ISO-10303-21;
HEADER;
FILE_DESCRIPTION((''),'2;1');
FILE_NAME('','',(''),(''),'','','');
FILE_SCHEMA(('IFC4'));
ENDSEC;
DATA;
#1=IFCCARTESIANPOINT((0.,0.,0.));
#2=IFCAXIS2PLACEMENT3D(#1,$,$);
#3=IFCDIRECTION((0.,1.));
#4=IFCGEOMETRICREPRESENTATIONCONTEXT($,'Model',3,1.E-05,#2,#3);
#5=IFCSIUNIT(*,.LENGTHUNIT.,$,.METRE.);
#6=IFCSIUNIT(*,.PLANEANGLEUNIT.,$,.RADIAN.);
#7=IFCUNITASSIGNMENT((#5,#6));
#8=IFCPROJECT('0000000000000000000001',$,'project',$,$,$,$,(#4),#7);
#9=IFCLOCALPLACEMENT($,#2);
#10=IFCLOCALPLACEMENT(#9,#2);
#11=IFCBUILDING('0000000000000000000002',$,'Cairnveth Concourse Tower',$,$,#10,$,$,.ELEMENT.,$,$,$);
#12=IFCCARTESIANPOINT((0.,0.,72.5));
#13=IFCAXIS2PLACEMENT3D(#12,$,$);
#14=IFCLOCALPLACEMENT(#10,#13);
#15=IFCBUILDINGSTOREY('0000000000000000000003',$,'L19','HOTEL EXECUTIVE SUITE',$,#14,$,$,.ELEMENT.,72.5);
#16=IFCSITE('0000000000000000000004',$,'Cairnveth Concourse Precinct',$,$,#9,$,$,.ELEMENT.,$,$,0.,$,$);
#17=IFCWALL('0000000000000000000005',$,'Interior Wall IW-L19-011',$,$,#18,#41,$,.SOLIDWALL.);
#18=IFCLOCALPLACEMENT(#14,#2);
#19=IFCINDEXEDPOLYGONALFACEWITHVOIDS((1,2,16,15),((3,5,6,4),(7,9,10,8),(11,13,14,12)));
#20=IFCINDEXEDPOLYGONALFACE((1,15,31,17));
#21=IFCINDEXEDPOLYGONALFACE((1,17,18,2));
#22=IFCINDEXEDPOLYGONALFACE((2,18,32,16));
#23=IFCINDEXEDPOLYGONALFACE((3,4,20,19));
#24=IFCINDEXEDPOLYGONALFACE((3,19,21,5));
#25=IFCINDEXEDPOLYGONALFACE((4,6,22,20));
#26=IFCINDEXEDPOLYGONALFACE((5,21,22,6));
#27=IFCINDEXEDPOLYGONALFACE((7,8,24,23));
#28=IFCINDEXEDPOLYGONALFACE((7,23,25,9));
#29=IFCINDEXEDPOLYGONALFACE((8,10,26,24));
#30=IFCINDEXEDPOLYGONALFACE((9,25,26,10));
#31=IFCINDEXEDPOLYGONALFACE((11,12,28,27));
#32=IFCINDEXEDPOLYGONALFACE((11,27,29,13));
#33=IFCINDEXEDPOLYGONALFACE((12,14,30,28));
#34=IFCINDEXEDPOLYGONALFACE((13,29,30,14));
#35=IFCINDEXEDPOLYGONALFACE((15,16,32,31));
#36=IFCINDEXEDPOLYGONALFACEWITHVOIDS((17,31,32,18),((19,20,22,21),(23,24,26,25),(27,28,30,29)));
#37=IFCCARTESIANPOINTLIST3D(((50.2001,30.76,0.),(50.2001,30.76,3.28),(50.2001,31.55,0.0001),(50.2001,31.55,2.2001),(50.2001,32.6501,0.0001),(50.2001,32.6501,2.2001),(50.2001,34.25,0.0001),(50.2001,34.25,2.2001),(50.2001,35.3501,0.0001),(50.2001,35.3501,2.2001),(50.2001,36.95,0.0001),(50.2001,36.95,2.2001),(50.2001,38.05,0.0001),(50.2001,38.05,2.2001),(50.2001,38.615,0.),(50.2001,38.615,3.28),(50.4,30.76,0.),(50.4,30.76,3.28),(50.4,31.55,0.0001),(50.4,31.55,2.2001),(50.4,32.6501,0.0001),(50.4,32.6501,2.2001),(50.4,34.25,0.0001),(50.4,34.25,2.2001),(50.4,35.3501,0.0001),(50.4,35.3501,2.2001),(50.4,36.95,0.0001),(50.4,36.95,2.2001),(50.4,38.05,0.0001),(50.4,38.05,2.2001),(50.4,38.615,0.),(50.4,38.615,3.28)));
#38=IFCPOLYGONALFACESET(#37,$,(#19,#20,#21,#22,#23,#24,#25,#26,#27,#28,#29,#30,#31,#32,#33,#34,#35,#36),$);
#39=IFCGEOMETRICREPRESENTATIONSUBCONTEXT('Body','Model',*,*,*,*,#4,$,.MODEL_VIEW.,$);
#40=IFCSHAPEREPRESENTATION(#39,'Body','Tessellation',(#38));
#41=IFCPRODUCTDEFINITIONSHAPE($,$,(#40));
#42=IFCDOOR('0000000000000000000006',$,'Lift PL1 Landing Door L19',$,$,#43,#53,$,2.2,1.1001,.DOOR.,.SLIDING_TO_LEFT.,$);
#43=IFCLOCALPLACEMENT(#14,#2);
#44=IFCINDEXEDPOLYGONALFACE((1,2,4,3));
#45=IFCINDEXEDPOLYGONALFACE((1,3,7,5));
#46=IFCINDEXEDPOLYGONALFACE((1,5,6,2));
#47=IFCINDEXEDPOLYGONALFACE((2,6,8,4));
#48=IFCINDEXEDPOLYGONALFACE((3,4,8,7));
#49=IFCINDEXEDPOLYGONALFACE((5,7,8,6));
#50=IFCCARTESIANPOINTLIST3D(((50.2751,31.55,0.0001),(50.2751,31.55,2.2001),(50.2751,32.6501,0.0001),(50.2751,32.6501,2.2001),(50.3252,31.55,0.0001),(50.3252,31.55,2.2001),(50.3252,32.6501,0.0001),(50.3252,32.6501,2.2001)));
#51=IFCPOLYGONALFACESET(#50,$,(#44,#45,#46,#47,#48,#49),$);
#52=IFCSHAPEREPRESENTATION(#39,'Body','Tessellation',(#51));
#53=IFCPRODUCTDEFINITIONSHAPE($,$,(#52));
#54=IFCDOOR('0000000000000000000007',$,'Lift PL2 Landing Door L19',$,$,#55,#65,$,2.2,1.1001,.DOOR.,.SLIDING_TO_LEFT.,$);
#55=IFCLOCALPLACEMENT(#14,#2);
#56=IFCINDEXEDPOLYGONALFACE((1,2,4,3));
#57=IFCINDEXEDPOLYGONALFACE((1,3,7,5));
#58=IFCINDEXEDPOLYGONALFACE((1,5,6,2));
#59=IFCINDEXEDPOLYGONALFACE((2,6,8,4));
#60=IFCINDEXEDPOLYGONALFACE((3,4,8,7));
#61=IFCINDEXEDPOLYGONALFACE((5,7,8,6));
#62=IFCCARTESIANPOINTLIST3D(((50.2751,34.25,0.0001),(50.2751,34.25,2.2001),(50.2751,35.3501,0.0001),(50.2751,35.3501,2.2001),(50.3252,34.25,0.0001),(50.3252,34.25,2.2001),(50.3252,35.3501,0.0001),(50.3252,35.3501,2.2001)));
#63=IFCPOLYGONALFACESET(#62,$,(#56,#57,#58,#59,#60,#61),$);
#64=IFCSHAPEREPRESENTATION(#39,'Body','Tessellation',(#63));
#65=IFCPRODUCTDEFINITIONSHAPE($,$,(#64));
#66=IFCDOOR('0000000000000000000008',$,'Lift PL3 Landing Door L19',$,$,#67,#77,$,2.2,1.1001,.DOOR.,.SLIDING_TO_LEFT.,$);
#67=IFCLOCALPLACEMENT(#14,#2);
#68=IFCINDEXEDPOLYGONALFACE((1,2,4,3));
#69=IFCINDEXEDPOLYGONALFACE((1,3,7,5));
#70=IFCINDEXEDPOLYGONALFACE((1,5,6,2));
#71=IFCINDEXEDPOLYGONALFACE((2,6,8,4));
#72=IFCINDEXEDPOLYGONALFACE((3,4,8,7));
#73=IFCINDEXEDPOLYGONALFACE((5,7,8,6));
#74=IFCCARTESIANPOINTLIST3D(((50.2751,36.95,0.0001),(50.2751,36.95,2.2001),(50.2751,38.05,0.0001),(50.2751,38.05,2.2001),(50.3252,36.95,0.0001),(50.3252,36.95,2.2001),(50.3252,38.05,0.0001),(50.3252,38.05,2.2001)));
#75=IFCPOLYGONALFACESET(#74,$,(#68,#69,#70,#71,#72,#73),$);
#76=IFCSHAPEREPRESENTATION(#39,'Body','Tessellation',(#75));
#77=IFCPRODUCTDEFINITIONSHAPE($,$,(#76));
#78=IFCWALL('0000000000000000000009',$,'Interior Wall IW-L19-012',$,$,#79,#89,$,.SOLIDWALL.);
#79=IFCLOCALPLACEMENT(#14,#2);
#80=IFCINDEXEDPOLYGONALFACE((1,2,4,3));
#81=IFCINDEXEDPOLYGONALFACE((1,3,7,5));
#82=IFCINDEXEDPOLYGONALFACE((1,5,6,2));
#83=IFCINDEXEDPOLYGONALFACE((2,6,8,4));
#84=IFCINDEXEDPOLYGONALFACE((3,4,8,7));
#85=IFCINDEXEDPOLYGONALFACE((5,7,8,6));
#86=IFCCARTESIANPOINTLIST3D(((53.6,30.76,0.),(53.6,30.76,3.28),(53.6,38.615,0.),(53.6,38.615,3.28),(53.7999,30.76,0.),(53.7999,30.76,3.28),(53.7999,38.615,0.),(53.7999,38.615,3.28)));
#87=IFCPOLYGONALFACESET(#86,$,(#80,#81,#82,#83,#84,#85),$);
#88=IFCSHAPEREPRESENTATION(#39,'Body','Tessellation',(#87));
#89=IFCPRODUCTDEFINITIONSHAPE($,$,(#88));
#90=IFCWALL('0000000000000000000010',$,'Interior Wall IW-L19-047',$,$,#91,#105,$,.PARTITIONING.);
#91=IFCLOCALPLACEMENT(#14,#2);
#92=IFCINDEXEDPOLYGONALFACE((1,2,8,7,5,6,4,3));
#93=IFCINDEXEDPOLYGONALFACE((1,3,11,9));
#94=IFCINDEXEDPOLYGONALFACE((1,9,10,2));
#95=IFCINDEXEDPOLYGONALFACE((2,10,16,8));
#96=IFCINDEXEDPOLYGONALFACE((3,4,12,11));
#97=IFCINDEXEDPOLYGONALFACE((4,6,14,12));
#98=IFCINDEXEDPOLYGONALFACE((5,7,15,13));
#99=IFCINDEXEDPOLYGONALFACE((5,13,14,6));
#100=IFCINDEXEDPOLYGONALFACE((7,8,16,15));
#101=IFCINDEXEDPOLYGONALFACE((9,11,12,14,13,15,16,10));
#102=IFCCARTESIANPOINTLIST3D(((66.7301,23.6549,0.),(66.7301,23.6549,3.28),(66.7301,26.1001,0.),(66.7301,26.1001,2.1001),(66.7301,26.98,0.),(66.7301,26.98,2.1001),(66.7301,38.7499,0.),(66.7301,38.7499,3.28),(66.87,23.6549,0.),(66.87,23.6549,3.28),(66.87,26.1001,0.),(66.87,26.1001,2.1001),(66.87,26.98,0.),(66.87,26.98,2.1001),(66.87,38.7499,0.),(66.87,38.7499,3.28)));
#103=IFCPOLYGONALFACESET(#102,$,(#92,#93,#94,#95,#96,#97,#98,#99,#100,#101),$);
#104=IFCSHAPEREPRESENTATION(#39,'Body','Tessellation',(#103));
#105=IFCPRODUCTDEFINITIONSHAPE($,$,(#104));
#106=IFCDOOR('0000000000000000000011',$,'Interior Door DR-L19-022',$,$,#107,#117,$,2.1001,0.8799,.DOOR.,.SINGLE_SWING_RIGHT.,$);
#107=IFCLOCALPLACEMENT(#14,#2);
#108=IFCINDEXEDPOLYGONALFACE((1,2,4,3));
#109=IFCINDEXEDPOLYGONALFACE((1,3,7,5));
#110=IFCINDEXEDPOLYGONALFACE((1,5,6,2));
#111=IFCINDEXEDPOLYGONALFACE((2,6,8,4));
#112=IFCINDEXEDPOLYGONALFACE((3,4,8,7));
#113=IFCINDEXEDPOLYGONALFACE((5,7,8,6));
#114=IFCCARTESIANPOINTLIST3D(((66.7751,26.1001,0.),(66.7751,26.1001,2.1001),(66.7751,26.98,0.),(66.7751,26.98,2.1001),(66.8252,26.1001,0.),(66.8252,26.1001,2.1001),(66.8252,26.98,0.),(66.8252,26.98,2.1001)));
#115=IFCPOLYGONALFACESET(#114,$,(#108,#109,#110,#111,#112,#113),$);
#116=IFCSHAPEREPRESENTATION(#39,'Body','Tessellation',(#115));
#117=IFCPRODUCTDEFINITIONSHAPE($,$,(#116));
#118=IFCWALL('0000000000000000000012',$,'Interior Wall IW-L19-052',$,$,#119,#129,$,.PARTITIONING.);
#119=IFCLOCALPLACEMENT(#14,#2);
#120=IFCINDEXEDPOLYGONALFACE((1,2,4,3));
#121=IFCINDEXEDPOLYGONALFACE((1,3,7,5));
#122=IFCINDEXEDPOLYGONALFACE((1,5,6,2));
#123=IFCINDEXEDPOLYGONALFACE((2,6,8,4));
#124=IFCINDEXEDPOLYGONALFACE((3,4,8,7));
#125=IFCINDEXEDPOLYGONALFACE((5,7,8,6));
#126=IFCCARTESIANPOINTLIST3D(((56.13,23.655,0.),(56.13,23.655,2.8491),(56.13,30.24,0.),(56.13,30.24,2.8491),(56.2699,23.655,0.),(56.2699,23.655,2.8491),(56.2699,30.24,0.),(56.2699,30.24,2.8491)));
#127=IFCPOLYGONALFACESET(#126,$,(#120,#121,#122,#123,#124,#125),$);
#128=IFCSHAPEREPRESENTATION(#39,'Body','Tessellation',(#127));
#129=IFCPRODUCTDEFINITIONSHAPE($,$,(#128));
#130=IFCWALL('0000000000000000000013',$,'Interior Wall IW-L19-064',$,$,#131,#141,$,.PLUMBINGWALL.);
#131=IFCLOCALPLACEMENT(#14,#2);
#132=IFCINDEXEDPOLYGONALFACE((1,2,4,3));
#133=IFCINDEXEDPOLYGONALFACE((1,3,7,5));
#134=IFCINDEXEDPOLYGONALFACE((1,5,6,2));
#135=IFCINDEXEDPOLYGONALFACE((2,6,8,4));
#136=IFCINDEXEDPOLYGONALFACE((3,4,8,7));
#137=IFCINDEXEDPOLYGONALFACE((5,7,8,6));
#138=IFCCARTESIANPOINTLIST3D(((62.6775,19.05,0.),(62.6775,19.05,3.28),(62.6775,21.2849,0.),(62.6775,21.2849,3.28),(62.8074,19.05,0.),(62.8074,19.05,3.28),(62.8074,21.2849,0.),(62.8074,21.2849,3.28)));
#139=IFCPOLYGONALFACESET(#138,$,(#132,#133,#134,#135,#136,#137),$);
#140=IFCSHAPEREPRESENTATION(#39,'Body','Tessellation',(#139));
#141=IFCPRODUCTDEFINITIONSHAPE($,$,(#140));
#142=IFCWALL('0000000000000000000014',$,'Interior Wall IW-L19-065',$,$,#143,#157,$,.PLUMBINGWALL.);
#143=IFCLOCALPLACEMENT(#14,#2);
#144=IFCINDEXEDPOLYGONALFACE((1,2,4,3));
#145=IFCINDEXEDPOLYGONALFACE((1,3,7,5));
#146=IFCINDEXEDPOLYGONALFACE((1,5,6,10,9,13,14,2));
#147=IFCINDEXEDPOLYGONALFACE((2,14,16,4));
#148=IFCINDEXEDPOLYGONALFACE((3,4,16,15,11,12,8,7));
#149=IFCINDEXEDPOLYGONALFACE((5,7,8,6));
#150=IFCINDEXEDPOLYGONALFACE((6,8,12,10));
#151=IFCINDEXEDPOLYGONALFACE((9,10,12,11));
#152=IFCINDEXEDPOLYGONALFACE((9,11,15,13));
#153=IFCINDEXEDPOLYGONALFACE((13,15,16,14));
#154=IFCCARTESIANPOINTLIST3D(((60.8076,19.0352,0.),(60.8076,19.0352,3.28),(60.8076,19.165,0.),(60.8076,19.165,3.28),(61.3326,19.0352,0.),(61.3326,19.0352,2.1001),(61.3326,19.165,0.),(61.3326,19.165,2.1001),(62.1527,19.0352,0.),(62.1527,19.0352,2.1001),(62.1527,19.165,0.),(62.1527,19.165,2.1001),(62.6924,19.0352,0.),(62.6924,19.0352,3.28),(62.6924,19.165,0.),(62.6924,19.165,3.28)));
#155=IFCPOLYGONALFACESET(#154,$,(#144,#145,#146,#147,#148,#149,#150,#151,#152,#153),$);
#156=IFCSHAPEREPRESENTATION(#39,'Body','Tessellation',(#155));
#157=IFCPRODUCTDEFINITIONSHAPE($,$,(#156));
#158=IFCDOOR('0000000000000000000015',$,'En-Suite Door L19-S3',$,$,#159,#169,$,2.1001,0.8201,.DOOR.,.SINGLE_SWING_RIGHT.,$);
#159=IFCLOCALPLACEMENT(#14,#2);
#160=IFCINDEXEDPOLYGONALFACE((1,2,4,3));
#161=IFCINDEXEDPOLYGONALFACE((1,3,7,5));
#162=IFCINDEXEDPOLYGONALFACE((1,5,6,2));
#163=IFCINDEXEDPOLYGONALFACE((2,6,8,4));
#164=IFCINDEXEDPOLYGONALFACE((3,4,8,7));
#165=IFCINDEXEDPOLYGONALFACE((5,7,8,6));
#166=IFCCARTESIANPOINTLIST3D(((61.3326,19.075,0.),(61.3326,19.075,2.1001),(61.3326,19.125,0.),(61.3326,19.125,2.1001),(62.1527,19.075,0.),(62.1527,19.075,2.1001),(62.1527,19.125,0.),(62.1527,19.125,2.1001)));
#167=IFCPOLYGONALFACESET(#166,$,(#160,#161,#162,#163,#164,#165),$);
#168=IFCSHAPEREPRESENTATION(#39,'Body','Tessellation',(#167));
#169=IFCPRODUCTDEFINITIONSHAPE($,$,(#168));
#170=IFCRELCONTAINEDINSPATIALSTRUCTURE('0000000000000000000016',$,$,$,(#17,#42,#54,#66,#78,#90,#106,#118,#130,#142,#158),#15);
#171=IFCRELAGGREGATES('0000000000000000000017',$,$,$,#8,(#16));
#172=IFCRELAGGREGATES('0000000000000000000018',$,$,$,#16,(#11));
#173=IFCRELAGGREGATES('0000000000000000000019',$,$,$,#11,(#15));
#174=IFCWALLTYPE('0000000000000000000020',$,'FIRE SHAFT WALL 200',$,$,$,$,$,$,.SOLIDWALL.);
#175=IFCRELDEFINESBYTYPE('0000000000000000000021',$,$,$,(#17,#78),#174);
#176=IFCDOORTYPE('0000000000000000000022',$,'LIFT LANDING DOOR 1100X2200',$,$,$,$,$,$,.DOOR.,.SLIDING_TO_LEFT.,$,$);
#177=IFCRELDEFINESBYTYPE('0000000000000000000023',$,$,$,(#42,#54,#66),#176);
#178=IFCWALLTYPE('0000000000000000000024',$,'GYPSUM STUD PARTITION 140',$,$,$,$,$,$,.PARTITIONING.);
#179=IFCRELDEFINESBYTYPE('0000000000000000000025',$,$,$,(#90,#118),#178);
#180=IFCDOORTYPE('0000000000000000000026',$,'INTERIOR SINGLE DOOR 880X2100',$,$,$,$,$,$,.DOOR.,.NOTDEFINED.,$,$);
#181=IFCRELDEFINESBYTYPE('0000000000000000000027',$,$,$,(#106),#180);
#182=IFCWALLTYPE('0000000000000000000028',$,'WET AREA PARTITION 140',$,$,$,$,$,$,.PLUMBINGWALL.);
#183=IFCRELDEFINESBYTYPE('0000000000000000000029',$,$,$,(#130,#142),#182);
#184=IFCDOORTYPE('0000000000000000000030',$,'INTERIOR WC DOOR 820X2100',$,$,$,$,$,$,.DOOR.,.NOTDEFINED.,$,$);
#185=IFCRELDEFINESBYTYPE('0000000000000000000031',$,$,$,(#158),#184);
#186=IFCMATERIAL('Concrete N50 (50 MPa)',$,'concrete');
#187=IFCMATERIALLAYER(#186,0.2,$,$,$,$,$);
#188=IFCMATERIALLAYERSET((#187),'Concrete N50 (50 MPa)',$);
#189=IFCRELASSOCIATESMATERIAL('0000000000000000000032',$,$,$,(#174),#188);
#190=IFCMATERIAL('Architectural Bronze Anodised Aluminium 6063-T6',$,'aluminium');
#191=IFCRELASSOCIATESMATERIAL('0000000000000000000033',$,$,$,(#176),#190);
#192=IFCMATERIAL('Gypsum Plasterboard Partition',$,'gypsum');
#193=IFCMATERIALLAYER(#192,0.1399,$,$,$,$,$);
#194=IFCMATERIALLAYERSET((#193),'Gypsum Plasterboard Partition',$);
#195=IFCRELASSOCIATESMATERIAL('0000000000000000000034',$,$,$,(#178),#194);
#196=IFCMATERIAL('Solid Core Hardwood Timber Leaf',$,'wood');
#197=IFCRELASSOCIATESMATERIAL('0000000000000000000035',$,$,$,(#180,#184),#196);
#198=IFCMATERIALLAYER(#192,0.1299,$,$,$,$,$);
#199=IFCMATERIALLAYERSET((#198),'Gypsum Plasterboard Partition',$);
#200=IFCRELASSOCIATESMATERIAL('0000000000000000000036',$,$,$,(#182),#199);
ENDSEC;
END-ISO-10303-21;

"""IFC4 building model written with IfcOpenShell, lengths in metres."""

from ifc_helpers import new_model, si_unit, direction, frame, frame_2d, origin, place, context, subcontext, project, spatial, rectangle, extrude, material, layer, layer_set, type_object, element, fill, save


model = new_model("IFC4")

# Units and contexts
model_context = context("Model", 3, precision=1e-05, world=origin(), true_north=direction((0.0, 1.0)))
body_context = subcontext(model_context, "Body", "Model", "MODEL_VIEW")
ifc_project = project(units=[si_unit("LENGTHUNIT", "METRE"), si_unit("PLANEANGLEUNIT", "RADIAN")], contexts=[model_context])

# Site, building, storey
site_placement = place(None, origin())
site = spatial("IfcSite", under=ifc_project, at=site_placement, Name="Cairnveth Concourse Precinct", CompositionType="ELEMENT", RefElevation=0.0)
building_placement = place(site_placement, origin())
building = spatial("IfcBuilding", under=site, at=building_placement, Name="Cairnveth Concourse Tower", CompositionType="ELEMENT")
storey_placement = place(building_placement, frame((0.0, 0.0, 72.5)))
storey = spatial("IfcBuildingStorey", under=building, at=storey_placement, Name="L19", Description="HOTEL EXECUTIVE SUITE", CompositionType="ELEMENT", Elevation=72.5)

# Shared definitions
ifc_material_1 = material(Name="Gypsum Plasterboard Partition", Category="gypsum")

# Wall, openings, doors
ifc_material_2 = material(Name="Concrete N50 (50 MPa)", Category="concrete")
ifc_layer_1 = layer(ifc_material_2, 0.2)
ifc_layer_set_1 = layer_set([ifc_layer_1], Name="Concrete N50 (50 MPa)")
wall_type_1 = type_object("IfcWallType", Name="FIRE SHAFT WALL 200", PredefinedType="SOLIDWALL", material=ifc_layer_set_1)
wall_1_placement = place(storey_placement, frame((50.3, 30.76, 0.0), z_axis=(0.0, 0.0, 1.0), x_axis=(0.0, 1.0, 0.0)))
wall_1 = element("IfcWall", 1, at=wall_1_placement, inside=storey, type_object=wall_type_1, Name="Interior Wall IW-L19-011", PredefinedType="SOLIDWALL", context=body_context, shape_type="SweptSolid", body=[
    extrude(rectangle(XDim=7.855, YDim=0.2, at=frame_2d((3.9275, 0.0))), origin(), (0.0, 0.0, 1.0), 3.28),
])
opening_1_placement = place(wall_1_placement, frame((0.79, 0.0, 0.0)))
opening_1 = element("IfcOpeningElement", 2, at=opening_1_placement, cuts=wall_1, PredefinedType="OPENING", context=body_context, shape_type="SweptSolid", body=[
    extrude(rectangle(XDim=1.1001, YDim=2.2, at=frame_2d((0.55, 1.1001))), frame((0.0, 0.1099, 0.0), z_axis=(0.0, -1.0, 0.0), x_axis=(1.0, 0.0, 0.0)), (0.0, 0.0, 1.0), 0.22),
])
opening_2_placement = place(wall_1_placement, frame((3.49, 0.0, 0.0)))
opening_2 = element("IfcOpeningElement", 3, at=opening_2_placement, cuts=wall_1, PredefinedType="OPENING", context=body_context, shape_type="SweptSolid", body=[
    extrude(rectangle(XDim=1.1001, YDim=2.2, at=frame_2d((0.55, 1.1001))), frame((0.0, 0.1099, 0.0), z_axis=(0.0, -1.0, 0.0), x_axis=(1.0, 0.0, 0.0)), (0.0, 0.0, 1.0), 0.22),
])
opening_3_placement = place(wall_1_placement, frame((6.1899, 0.0, 0.0)))
opening_3 = element("IfcOpeningElement", 4, at=opening_3_placement, cuts=wall_1, PredefinedType="OPENING", context=body_context, shape_type="SweptSolid", body=[
    extrude(rectangle(XDim=1.1001, YDim=2.2, at=frame_2d((0.55, 1.1001))), frame((0.0, 0.1099, 0.0), z_axis=(0.0, -1.0, 0.0), x_axis=(1.0, 0.0, 0.0)), (0.0, 0.0, 1.0), 0.22),
])
ifc_material_3 = material(Name="Architectural Bronze Anodised Aluminium 6063-T6", Category="aluminium")
door_type_1 = type_object("IfcDoorType", Name="LIFT LANDING DOOR 1100X2200", OperationType="SLIDING_TO_LEFT", PredefinedType="DOOR", material=ifc_material_3)
door_1_placement = place(opening_1_placement, origin())
door_1 = element("IfcDoor", 5, at=door_1_placement, inside=storey, type_object=door_type_1, Name="Lift PL1 Landing Door L19", OperationType="SLIDING_TO_LEFT", OverallHeight=2.2, OverallWidth=1.1001, PredefinedType="DOOR", context=body_context, shape_type="SweptSolid", body=[
    extrude(rectangle(XDim=1.1001, YDim=2.2, at=frame_2d((0.55, 1.1001))), frame((0.0, 0.0249, 0.0), z_axis=(0.0, -1.0, 0.0), x_axis=(1.0, 0.0, 0.0)), (0.0, 0.0, 1.0), 0.05),
])
fill(opening_1, door_1)
door_2_placement = place(opening_2_placement, origin())
door_2 = element("IfcDoor", 6, at=door_2_placement, inside=storey, type_object=door_type_1, Name="Lift PL2 Landing Door L19", OperationType="SLIDING_TO_LEFT", OverallHeight=2.2, OverallWidth=1.1001, PredefinedType="DOOR", context=body_context, shape_type="SweptSolid", body=[
    extrude(rectangle(XDim=1.1001, YDim=2.2, at=frame_2d((0.55, 1.1001))), frame((0.0, 0.0249, 0.0), z_axis=(0.0, -1.0, 0.0), x_axis=(1.0, 0.0, 0.0)), (0.0, 0.0, 1.0), 0.05),
])
fill(opening_2, door_2)
door_3_placement = place(opening_3_placement, origin())
door_3 = element("IfcDoor", 7, at=door_3_placement, inside=storey, type_object=door_type_1, Name="Lift PL3 Landing Door L19", OperationType="SLIDING_TO_LEFT", OverallHeight=2.2, OverallWidth=1.1001, PredefinedType="DOOR", context=body_context, shape_type="SweptSolid", body=[
    extrude(rectangle(XDim=1.1001, YDim=2.2, at=frame_2d((0.55, 1.1001))), frame((0.0, 0.0249, 0.0), z_axis=(0.0, -1.0, 0.0), x_axis=(1.0, 0.0, 0.0)), (0.0, 0.0, 1.0), 0.05),
])
fill(opening_3, door_3)

# Wall
wall_2_placement = place(storey_placement, frame((53.7, 30.76, 0.0), z_axis=(0.0, 0.0, 1.0), x_axis=(0.0, 1.0, 0.0)))
element("IfcWall", 8, at=wall_2_placement, inside=storey, type_object=wall_type_1, Name="Interior Wall IW-L19-012", PredefinedType="SOLIDWALL", context=body_context, shape_type="SweptSolid", body=[
    extrude(rectangle(XDim=7.855, YDim=0.2, at=frame_2d((3.9275, 0.0))), origin(), (0.0, 0.0, 1.0), 3.28),
])

# Wall, opening, door
ifc_layer_2 = layer(ifc_material_1, 0.1399)
ifc_layer_set_2 = layer_set([ifc_layer_2], Name="Gypsum Plasterboard Partition")
wall_type_2 = type_object("IfcWallType", Name="GYPSUM STUD PARTITION 140", PredefinedType="PARTITIONING", material=ifc_layer_set_2)
wall_3_placement = place(storey_placement, frame((66.8, 23.655, 0.0), z_axis=(0.0, 0.0, 1.0), x_axis=(0.0, 1.0, 0.0)))
wall_3 = element("IfcWall", 9, at=wall_3_placement, inside=storey, type_object=wall_type_2, Name="Interior Wall IW-L19-047", PredefinedType="PARTITIONING", context=body_context, shape_type="SweptSolid", body=[
    extrude(rectangle(XDim=15.095, YDim=0.1399, at=frame_2d((7.5474, 0.0))), origin(), (0.0, 0.0, 1.0), 3.28),
])
opening_4_placement = place(wall_3_placement, frame((2.4451, 0.0, 0.0)))
opening_4 = element("IfcOpeningElement", 10, at=opening_4_placement, cuts=wall_3, PredefinedType="OPENING", context=body_context, shape_type="SweptSolid", body=[
    extrude(rectangle(XDim=0.8799, YDim=2.1001, at=frame_2d((0.4399, 1.05))), frame((0.0, 0.0798, 0.0), z_axis=(0.0, -1.0, 0.0), x_axis=(1.0, 0.0, 0.0)), (0.0, 0.0, 1.0), 0.1599),
])
ifc_material_4 = material(Name="Solid Core Hardwood Timber Leaf", Category="wood")
door_type_2 = type_object("IfcDoorType", Name="INTERIOR SINGLE DOOR 880X2100", OperationType="NOTDEFINED", PredefinedType="DOOR", material=ifc_material_4)
door_4_placement = place(opening_4_placement, origin())
door_4 = element("IfcDoor", 11, at=door_4_placement, inside=storey, type_object=door_type_2, Name="Interior Door DR-L19-022", OperationType="SINGLE_SWING_RIGHT", OverallHeight=2.1001, OverallWidth=0.8799, PredefinedType="DOOR", context=body_context, shape_type="SweptSolid", body=[
    extrude(rectangle(XDim=0.8799, YDim=2.1001, at=frame_2d((0.4399, 1.05))), frame((0.0, 0.0249, 0.0), z_axis=(0.0, -1.0, 0.0), x_axis=(1.0, 0.0, 0.0)), (0.0, 0.0, 1.0), 0.05),
])
fill(opening_4, door_4)

# Walls
wall_4_placement = place(storey_placement, frame((56.2, 23.655, 0.0), z_axis=(0.0, 0.0, 1.0), x_axis=(0.0, 1.0, 0.0)))
element("IfcWall", 12, at=wall_4_placement, inside=storey, type_object=wall_type_2, Name="Interior Wall IW-L19-052", PredefinedType="PARTITIONING", context=body_context, shape_type="SweptSolid", body=[
    extrude(rectangle(XDim=6.585, YDim=0.1399, at=frame_2d((3.2925, 0.0))), origin(), (0.0, 0.0, 1.0), 2.8491),
])
ifc_layer_3 = layer(ifc_material_1, 0.1299)
ifc_layer_set_3 = layer_set([ifc_layer_3], Name="Gypsum Plasterboard Partition")
wall_type_3 = type_object("IfcWallType", Name="WET AREA PARTITION 140", PredefinedType="PLUMBINGWALL", material=ifc_layer_set_3)
wall_5_placement = place(storey_placement, frame((62.7424, 19.05, 0.0), z_axis=(0.0, 0.0, 1.0), x_axis=(0.0, 1.0, 0.0)))
element("IfcWall", 13, at=wall_5_placement, inside=storey, type_object=wall_type_3, Name="Interior Wall IW-L19-064", PredefinedType="PLUMBINGWALL", context=body_context, shape_type="SweptSolid", body=[
    extrude(rectangle(XDim=2.2349, YDim=0.1299, at=frame_2d((1.1174, 0.0))), origin(), (0.0, 0.0, 1.0), 3.28),
])

# Wall, opening, door
wall_6_placement = place(storey_placement, frame((60.8076, 19.1001, 0.0), z_axis=(0.0, 0.0, 1.0), x_axis=(1.0, 0.0, 0.0)))
wall_6 = element("IfcWall", 14, at=wall_6_placement, inside=storey, type_object=wall_type_3, Name="Interior Wall IW-L19-065", PredefinedType="PLUMBINGWALL", context=body_context, shape_type="SweptSolid", body=[
    extrude(rectangle(XDim=1.8848, YDim=0.1299, at=frame_2d((0.9424, 0.0))), origin(), (0.0, 0.0, 1.0), 3.28),
])
opening_5_placement = place(wall_6_placement, frame((0.5249, 0.0, 0.0)))
opening_5 = element("IfcOpeningElement", 15, at=opening_5_placement, cuts=wall_6, PredefinedType="OPENING", context=body_context, shape_type="SweptSolid", body=[
    extrude(rectangle(XDim=0.8201, YDim=2.1001, at=frame_2d((0.4102, 1.05))), frame((0.0, 0.075, 0.0), z_axis=(0.0, -1.0, 0.0), x_axis=(1.0, 0.0, 0.0)), (0.0, 0.0, 1.0), 0.1499),
])
door_type_3 = type_object("IfcDoorType", Name="INTERIOR WC DOOR 820X2100", OperationType="NOTDEFINED", PredefinedType="DOOR", material=ifc_material_4)
door_5_placement = place(opening_5_placement, origin())
door_5 = element("IfcDoor", 16, at=door_5_placement, inside=storey, type_object=door_type_3, Name="En-Suite Door L19-S3", OperationType="SINGLE_SWING_RIGHT", OverallHeight=2.1001, OverallWidth=0.8201, PredefinedType="DOOR", context=body_context, shape_type="SweptSolid", body=[
    extrude(rectangle(XDim=0.8201, YDim=2.1001, at=frame_2d((0.4102, 1.05))), frame((0.0, 0.0249, 0.0), z_axis=(0.0, -1.0, 0.0), x_axis=(1.0, 0.0, 0.0)), (0.0, 0.0, 1.0), 0.05),
])
fill(opening_5, door_5)

save(model, "model.ifc")
